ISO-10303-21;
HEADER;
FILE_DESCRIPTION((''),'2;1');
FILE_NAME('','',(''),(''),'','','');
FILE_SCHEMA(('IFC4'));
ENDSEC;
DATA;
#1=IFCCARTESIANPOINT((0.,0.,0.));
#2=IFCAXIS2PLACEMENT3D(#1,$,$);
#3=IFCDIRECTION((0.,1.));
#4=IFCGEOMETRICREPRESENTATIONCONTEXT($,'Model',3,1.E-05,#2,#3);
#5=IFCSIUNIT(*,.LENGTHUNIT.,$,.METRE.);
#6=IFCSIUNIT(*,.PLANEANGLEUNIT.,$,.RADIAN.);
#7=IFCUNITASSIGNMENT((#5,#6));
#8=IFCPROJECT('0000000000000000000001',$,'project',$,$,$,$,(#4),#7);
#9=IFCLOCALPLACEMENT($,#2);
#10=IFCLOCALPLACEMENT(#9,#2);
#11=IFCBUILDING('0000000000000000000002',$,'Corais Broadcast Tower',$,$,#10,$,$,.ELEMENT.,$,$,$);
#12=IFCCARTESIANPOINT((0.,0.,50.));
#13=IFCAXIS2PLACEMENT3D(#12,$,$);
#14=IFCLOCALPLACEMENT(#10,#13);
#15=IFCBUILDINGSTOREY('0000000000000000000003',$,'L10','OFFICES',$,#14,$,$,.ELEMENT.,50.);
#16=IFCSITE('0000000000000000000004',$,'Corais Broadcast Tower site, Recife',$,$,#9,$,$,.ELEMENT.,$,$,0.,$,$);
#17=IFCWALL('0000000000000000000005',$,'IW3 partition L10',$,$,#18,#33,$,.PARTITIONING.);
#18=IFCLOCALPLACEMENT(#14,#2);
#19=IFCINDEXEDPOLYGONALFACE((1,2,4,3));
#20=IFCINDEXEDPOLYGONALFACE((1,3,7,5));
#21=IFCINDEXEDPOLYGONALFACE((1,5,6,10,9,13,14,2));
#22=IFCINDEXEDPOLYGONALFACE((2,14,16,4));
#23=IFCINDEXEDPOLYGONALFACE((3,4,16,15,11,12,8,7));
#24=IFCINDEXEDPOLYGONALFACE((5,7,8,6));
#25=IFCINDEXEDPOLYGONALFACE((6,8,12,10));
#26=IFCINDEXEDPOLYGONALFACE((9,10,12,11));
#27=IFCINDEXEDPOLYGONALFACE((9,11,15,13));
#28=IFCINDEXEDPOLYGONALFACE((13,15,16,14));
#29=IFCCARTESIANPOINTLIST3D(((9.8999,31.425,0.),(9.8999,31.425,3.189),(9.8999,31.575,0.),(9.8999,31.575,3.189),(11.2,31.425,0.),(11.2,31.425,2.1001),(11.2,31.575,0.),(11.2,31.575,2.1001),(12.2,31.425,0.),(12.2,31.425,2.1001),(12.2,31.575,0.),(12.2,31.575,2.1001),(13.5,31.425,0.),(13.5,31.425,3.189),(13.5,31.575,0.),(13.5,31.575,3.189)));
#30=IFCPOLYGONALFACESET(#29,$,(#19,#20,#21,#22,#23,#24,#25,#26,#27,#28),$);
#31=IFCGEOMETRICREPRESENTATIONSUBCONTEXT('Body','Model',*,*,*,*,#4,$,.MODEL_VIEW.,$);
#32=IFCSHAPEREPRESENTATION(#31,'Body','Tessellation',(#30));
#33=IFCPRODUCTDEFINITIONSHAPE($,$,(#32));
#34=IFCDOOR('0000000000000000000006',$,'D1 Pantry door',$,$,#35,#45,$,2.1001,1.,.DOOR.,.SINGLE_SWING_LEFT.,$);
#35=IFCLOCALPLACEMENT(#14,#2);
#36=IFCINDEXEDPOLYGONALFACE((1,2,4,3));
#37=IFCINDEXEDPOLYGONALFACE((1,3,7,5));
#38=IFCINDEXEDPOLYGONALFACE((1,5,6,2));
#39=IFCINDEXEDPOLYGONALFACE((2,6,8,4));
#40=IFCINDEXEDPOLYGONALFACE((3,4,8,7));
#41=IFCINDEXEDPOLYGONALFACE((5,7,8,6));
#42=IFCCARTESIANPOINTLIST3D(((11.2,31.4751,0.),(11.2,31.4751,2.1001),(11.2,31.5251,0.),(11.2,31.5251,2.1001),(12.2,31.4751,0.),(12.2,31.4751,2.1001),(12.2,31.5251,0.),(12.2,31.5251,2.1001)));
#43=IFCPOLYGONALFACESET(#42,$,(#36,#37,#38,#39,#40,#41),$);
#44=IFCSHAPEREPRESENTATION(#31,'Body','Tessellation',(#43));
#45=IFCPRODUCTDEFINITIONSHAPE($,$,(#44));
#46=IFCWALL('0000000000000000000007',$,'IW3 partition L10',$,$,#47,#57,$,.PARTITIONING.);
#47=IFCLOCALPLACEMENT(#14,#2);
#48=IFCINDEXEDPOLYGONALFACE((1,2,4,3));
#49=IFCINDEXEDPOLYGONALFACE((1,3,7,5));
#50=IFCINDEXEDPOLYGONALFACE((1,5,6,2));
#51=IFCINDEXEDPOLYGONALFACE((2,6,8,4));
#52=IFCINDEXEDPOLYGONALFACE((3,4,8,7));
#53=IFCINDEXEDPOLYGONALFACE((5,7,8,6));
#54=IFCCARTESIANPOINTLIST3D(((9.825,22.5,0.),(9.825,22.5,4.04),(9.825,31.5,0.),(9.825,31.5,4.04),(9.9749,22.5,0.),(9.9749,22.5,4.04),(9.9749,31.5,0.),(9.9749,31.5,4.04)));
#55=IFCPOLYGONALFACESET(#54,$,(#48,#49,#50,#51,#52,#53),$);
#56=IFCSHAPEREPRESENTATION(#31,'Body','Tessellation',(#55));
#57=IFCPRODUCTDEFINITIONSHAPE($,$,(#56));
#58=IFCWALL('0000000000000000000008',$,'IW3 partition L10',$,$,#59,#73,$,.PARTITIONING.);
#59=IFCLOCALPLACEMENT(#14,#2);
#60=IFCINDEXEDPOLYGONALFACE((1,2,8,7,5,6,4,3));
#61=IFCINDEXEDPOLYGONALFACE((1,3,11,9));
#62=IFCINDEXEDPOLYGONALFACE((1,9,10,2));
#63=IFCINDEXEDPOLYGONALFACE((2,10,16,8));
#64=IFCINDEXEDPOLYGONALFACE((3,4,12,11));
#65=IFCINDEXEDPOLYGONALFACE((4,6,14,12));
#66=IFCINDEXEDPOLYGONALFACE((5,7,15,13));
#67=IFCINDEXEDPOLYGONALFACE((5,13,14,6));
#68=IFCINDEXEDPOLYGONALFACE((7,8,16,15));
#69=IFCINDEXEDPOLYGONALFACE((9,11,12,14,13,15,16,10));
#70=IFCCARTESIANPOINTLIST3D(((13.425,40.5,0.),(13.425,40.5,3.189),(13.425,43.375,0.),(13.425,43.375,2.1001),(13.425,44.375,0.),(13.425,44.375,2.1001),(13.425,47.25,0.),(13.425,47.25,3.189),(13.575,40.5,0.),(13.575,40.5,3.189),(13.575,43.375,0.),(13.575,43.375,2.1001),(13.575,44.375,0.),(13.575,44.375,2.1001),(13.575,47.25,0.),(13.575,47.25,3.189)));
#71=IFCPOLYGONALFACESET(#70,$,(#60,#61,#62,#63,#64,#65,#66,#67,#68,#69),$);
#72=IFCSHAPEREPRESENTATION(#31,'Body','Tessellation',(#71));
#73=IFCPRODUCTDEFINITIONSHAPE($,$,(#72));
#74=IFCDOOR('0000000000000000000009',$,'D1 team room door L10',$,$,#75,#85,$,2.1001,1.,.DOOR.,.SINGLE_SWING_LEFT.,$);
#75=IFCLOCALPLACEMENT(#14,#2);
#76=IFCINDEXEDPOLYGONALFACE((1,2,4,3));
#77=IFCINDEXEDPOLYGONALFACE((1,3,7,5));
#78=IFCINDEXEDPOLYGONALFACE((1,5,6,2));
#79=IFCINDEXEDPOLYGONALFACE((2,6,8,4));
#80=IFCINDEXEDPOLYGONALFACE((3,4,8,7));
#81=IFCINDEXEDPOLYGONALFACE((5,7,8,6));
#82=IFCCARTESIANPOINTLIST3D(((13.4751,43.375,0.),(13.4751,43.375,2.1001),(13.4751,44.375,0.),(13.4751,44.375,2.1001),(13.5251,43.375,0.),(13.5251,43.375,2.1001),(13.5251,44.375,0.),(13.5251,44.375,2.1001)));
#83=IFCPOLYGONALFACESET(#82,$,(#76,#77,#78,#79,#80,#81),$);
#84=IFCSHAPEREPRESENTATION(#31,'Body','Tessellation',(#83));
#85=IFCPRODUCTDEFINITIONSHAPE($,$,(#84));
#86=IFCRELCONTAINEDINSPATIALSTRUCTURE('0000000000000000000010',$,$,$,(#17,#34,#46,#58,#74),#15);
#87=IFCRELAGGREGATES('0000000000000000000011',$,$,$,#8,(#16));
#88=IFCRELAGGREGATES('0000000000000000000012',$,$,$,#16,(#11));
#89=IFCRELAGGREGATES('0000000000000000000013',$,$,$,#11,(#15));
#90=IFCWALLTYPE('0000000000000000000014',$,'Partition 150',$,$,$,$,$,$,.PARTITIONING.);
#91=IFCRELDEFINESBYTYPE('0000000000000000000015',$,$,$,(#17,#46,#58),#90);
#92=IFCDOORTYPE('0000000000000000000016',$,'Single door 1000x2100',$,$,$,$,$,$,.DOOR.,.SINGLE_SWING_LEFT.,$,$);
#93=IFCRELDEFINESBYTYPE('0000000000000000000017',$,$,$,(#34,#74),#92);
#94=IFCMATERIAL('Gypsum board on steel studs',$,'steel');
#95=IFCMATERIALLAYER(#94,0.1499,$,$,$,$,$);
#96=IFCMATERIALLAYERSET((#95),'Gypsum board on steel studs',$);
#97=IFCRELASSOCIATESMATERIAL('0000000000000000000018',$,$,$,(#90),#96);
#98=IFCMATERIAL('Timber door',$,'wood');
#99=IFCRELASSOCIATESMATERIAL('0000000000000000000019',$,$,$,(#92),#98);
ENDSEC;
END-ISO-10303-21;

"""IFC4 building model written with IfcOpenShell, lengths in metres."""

from ifc_helpers import new_model, si_unit, direction, frame, frame_2d, origin, place, context, subcontext, project, spatial, rectangle, extrude, material, layer, layer_set, type_object, element, fill, save


model = new_model("IFC4")

# Units and contexts
model_context = context("Model", 3, precision=1e-05, world=origin(), true_north=direction((0.0, 1.0)))
body_context = subcontext(model_context, "Body", "Model", "MODEL_VIEW")
ifc_project = project(units=[si_unit("LENGTHUNIT", "METRE"), si_unit("PLANEANGLEUNIT", "RADIAN")], contexts=[model_context])

# Site, building, storey
site_placement = place(None, origin())
site = spatial("IfcSite", under=ifc_project, at=site_placement, Name="Corais Broadcast Tower site, Recife", CompositionType="ELEMENT", RefElevation=0.0)
building_placement = place(site_placement, origin())
building = spatial("IfcBuilding", under=site, at=building_placement, Name="Corais Broadcast Tower", CompositionType="ELEMENT")
storey_placement = place(building_placement, frame((0.0, 0.0, 50.0)))
storey = spatial("IfcBuildingStorey", under=building, at=storey_placement, Name="L10", Description="OFFICES", CompositionType="ELEMENT", Elevation=50.0)

# Shared definitions
ifc_material_1 = material(Name="Gypsum board on steel studs", Category="steel")
ifc_layer_1 = layer(ifc_material_1, 0.1499)
ifc_layer_set_1 = layer_set([ifc_layer_1], Name="Gypsum board on steel studs")
wall_type_1 = type_object("IfcWallType", Name="Partition 150", PredefinedType="PARTITIONING", material=ifc_layer_set_1)
ifc_material_2 = material(Name="Timber door", Category="wood")
door_type_1 = type_object("IfcDoorType", Name="Single door 1000x2100", OperationType="SINGLE_SWING_LEFT", PredefinedType="DOOR", material=ifc_material_2)

# Wall, opening, door
wall_1_placement = place(storey_placement, frame((13.5, 31.5, 0.0), z_axis=(0.0, 0.0, 1.0), x_axis=(-1.0, 0.0, 0.0)))
wall_1 = element("IfcWall", 1, at=wall_1_placement, inside=storey, type_object=wall_type_1, Name="IW3 partition L10", PredefinedType="PARTITIONING", context=body_context, shape_type="SweptSolid", body=[
    extrude(rectangle(XDim=3.6001, YDim=0.1499, at=frame_2d((1.8, 0.0))), origin(), (0.0, 0.0, 1.0), 3.189),
])
opening_1_placement = place(wall_1_placement, frame((1.3, 0.0, 0.0)))
opening_1 = element("IfcOpeningElement", 2, at=opening_1_placement, cuts=wall_1, PredefinedType="OPENING", context=body_context, shape_type="SweptSolid", body=[
    extrude(rectangle(XDim=1.0, YDim=2.1001, at=frame_2d((0.5, 1.05))), frame((0.0, 0.085, 0.0), z_axis=(0.0, -1.0, 0.0), x_axis=(1.0, 0.0, 0.0)), (0.0, 0.0, 1.0), 0.1699),
])
door_1_placement = place(opening_1_placement, origin())
door_1 = element("IfcDoor", 3, at=door_1_placement, inside=storey, type_object=door_type_1, Name="D1 Pantry door", OperationType="SINGLE_SWING_LEFT", OverallHeight=2.1001, OverallWidth=1.0, PredefinedType="DOOR", context=body_context, shape_type="SweptSolid", body=[
    extrude(rectangle(XDim=1.0, YDim=2.1001, at=frame_2d((0.5, 1.05))), frame((0.0, 0.0249, 0.0), z_axis=(0.0, -1.0, 0.0), x_axis=(1.0, 0.0, 0.0)), (0.0, 0.0, 1.0), 0.05),
])
fill(opening_1, door_1)

# Wall
wall_2_placement = place(storey_placement, frame((9.8999, 31.5, 0.0), z_axis=(0.0, 0.0, 1.0), x_axis=(0.0, -1.0, 0.0)))
element("IfcWall", 4, at=wall_2_placement, inside=storey, type_object=wall_type_1, Name="IW3 partition L10", PredefinedType="PARTITIONING", context=body_context, shape_type="SweptSolid", body=[
    extrude(rectangle(XDim=9.0, YDim=0.1499, at=frame_2d((4.5, 0.0))), origin(), (0.0, 0.0, 1.0), 4.04),
])

# Wall, opening, door
wall_3_placement = place(storey_placement, frame((13.5, 40.5, 0.0), z_axis=(0.0, 0.0, 1.0), x_axis=(0.0, 1.0, 0.0)))
wall_3 = element("IfcWall", 5, at=wall_3_placement, inside=storey, type_object=wall_type_1, Name="IW3 partition L10", PredefinedType="PARTITIONING", context=body_context, shape_type="SweptSolid", body=[
    extrude(rectangle(XDim=6.75, YDim=0.1499, at=frame_2d((3.375, 0.0))), origin(), (0.0, 0.0, 1.0), 3.189),
])
opening_2_placement = place(wall_3_placement, frame((2.875, 0.0, 0.0)))
opening_2 = element("IfcOpeningElement", 6, at=opening_2_placement, cuts=wall_3, PredefinedType="OPENING", context=body_context, shape_type="SweptSolid", body=[
    extrude(rectangle(XDim=1.0, YDim=2.1001, at=frame_2d((0.5, 1.05))), frame((0.0, 0.085, 0.0), z_axis=(0.0, -1.0, 0.0), x_axis=(1.0, 0.0, 0.0)), (0.0, 0.0, 1.0), 0.1699),
])
door_2_placement = place(opening_2_placement, origin())
door_2 = element("IfcDoor", 7, at=door_2_placement, inside=storey, type_object=door_type_1, Name="D1 team room door L10", OperationType="SINGLE_SWING_LEFT", OverallHeight=2.1001, OverallWidth=1.0, PredefinedType="DOOR", context=body_context, shape_type="SweptSolid", body=[
    extrude(rectangle(XDim=1.0, YDim=2.1001, at=frame_2d((0.5, 1.05))), frame((0.0, 0.0249, 0.0), z_axis=(0.0, -1.0, 0.0), x_axis=(1.0, 0.0, 0.0)), (0.0, 0.0, 1.0), 0.05),
])
fill(opening_2, door_2)

save(model, "model.ifc")
